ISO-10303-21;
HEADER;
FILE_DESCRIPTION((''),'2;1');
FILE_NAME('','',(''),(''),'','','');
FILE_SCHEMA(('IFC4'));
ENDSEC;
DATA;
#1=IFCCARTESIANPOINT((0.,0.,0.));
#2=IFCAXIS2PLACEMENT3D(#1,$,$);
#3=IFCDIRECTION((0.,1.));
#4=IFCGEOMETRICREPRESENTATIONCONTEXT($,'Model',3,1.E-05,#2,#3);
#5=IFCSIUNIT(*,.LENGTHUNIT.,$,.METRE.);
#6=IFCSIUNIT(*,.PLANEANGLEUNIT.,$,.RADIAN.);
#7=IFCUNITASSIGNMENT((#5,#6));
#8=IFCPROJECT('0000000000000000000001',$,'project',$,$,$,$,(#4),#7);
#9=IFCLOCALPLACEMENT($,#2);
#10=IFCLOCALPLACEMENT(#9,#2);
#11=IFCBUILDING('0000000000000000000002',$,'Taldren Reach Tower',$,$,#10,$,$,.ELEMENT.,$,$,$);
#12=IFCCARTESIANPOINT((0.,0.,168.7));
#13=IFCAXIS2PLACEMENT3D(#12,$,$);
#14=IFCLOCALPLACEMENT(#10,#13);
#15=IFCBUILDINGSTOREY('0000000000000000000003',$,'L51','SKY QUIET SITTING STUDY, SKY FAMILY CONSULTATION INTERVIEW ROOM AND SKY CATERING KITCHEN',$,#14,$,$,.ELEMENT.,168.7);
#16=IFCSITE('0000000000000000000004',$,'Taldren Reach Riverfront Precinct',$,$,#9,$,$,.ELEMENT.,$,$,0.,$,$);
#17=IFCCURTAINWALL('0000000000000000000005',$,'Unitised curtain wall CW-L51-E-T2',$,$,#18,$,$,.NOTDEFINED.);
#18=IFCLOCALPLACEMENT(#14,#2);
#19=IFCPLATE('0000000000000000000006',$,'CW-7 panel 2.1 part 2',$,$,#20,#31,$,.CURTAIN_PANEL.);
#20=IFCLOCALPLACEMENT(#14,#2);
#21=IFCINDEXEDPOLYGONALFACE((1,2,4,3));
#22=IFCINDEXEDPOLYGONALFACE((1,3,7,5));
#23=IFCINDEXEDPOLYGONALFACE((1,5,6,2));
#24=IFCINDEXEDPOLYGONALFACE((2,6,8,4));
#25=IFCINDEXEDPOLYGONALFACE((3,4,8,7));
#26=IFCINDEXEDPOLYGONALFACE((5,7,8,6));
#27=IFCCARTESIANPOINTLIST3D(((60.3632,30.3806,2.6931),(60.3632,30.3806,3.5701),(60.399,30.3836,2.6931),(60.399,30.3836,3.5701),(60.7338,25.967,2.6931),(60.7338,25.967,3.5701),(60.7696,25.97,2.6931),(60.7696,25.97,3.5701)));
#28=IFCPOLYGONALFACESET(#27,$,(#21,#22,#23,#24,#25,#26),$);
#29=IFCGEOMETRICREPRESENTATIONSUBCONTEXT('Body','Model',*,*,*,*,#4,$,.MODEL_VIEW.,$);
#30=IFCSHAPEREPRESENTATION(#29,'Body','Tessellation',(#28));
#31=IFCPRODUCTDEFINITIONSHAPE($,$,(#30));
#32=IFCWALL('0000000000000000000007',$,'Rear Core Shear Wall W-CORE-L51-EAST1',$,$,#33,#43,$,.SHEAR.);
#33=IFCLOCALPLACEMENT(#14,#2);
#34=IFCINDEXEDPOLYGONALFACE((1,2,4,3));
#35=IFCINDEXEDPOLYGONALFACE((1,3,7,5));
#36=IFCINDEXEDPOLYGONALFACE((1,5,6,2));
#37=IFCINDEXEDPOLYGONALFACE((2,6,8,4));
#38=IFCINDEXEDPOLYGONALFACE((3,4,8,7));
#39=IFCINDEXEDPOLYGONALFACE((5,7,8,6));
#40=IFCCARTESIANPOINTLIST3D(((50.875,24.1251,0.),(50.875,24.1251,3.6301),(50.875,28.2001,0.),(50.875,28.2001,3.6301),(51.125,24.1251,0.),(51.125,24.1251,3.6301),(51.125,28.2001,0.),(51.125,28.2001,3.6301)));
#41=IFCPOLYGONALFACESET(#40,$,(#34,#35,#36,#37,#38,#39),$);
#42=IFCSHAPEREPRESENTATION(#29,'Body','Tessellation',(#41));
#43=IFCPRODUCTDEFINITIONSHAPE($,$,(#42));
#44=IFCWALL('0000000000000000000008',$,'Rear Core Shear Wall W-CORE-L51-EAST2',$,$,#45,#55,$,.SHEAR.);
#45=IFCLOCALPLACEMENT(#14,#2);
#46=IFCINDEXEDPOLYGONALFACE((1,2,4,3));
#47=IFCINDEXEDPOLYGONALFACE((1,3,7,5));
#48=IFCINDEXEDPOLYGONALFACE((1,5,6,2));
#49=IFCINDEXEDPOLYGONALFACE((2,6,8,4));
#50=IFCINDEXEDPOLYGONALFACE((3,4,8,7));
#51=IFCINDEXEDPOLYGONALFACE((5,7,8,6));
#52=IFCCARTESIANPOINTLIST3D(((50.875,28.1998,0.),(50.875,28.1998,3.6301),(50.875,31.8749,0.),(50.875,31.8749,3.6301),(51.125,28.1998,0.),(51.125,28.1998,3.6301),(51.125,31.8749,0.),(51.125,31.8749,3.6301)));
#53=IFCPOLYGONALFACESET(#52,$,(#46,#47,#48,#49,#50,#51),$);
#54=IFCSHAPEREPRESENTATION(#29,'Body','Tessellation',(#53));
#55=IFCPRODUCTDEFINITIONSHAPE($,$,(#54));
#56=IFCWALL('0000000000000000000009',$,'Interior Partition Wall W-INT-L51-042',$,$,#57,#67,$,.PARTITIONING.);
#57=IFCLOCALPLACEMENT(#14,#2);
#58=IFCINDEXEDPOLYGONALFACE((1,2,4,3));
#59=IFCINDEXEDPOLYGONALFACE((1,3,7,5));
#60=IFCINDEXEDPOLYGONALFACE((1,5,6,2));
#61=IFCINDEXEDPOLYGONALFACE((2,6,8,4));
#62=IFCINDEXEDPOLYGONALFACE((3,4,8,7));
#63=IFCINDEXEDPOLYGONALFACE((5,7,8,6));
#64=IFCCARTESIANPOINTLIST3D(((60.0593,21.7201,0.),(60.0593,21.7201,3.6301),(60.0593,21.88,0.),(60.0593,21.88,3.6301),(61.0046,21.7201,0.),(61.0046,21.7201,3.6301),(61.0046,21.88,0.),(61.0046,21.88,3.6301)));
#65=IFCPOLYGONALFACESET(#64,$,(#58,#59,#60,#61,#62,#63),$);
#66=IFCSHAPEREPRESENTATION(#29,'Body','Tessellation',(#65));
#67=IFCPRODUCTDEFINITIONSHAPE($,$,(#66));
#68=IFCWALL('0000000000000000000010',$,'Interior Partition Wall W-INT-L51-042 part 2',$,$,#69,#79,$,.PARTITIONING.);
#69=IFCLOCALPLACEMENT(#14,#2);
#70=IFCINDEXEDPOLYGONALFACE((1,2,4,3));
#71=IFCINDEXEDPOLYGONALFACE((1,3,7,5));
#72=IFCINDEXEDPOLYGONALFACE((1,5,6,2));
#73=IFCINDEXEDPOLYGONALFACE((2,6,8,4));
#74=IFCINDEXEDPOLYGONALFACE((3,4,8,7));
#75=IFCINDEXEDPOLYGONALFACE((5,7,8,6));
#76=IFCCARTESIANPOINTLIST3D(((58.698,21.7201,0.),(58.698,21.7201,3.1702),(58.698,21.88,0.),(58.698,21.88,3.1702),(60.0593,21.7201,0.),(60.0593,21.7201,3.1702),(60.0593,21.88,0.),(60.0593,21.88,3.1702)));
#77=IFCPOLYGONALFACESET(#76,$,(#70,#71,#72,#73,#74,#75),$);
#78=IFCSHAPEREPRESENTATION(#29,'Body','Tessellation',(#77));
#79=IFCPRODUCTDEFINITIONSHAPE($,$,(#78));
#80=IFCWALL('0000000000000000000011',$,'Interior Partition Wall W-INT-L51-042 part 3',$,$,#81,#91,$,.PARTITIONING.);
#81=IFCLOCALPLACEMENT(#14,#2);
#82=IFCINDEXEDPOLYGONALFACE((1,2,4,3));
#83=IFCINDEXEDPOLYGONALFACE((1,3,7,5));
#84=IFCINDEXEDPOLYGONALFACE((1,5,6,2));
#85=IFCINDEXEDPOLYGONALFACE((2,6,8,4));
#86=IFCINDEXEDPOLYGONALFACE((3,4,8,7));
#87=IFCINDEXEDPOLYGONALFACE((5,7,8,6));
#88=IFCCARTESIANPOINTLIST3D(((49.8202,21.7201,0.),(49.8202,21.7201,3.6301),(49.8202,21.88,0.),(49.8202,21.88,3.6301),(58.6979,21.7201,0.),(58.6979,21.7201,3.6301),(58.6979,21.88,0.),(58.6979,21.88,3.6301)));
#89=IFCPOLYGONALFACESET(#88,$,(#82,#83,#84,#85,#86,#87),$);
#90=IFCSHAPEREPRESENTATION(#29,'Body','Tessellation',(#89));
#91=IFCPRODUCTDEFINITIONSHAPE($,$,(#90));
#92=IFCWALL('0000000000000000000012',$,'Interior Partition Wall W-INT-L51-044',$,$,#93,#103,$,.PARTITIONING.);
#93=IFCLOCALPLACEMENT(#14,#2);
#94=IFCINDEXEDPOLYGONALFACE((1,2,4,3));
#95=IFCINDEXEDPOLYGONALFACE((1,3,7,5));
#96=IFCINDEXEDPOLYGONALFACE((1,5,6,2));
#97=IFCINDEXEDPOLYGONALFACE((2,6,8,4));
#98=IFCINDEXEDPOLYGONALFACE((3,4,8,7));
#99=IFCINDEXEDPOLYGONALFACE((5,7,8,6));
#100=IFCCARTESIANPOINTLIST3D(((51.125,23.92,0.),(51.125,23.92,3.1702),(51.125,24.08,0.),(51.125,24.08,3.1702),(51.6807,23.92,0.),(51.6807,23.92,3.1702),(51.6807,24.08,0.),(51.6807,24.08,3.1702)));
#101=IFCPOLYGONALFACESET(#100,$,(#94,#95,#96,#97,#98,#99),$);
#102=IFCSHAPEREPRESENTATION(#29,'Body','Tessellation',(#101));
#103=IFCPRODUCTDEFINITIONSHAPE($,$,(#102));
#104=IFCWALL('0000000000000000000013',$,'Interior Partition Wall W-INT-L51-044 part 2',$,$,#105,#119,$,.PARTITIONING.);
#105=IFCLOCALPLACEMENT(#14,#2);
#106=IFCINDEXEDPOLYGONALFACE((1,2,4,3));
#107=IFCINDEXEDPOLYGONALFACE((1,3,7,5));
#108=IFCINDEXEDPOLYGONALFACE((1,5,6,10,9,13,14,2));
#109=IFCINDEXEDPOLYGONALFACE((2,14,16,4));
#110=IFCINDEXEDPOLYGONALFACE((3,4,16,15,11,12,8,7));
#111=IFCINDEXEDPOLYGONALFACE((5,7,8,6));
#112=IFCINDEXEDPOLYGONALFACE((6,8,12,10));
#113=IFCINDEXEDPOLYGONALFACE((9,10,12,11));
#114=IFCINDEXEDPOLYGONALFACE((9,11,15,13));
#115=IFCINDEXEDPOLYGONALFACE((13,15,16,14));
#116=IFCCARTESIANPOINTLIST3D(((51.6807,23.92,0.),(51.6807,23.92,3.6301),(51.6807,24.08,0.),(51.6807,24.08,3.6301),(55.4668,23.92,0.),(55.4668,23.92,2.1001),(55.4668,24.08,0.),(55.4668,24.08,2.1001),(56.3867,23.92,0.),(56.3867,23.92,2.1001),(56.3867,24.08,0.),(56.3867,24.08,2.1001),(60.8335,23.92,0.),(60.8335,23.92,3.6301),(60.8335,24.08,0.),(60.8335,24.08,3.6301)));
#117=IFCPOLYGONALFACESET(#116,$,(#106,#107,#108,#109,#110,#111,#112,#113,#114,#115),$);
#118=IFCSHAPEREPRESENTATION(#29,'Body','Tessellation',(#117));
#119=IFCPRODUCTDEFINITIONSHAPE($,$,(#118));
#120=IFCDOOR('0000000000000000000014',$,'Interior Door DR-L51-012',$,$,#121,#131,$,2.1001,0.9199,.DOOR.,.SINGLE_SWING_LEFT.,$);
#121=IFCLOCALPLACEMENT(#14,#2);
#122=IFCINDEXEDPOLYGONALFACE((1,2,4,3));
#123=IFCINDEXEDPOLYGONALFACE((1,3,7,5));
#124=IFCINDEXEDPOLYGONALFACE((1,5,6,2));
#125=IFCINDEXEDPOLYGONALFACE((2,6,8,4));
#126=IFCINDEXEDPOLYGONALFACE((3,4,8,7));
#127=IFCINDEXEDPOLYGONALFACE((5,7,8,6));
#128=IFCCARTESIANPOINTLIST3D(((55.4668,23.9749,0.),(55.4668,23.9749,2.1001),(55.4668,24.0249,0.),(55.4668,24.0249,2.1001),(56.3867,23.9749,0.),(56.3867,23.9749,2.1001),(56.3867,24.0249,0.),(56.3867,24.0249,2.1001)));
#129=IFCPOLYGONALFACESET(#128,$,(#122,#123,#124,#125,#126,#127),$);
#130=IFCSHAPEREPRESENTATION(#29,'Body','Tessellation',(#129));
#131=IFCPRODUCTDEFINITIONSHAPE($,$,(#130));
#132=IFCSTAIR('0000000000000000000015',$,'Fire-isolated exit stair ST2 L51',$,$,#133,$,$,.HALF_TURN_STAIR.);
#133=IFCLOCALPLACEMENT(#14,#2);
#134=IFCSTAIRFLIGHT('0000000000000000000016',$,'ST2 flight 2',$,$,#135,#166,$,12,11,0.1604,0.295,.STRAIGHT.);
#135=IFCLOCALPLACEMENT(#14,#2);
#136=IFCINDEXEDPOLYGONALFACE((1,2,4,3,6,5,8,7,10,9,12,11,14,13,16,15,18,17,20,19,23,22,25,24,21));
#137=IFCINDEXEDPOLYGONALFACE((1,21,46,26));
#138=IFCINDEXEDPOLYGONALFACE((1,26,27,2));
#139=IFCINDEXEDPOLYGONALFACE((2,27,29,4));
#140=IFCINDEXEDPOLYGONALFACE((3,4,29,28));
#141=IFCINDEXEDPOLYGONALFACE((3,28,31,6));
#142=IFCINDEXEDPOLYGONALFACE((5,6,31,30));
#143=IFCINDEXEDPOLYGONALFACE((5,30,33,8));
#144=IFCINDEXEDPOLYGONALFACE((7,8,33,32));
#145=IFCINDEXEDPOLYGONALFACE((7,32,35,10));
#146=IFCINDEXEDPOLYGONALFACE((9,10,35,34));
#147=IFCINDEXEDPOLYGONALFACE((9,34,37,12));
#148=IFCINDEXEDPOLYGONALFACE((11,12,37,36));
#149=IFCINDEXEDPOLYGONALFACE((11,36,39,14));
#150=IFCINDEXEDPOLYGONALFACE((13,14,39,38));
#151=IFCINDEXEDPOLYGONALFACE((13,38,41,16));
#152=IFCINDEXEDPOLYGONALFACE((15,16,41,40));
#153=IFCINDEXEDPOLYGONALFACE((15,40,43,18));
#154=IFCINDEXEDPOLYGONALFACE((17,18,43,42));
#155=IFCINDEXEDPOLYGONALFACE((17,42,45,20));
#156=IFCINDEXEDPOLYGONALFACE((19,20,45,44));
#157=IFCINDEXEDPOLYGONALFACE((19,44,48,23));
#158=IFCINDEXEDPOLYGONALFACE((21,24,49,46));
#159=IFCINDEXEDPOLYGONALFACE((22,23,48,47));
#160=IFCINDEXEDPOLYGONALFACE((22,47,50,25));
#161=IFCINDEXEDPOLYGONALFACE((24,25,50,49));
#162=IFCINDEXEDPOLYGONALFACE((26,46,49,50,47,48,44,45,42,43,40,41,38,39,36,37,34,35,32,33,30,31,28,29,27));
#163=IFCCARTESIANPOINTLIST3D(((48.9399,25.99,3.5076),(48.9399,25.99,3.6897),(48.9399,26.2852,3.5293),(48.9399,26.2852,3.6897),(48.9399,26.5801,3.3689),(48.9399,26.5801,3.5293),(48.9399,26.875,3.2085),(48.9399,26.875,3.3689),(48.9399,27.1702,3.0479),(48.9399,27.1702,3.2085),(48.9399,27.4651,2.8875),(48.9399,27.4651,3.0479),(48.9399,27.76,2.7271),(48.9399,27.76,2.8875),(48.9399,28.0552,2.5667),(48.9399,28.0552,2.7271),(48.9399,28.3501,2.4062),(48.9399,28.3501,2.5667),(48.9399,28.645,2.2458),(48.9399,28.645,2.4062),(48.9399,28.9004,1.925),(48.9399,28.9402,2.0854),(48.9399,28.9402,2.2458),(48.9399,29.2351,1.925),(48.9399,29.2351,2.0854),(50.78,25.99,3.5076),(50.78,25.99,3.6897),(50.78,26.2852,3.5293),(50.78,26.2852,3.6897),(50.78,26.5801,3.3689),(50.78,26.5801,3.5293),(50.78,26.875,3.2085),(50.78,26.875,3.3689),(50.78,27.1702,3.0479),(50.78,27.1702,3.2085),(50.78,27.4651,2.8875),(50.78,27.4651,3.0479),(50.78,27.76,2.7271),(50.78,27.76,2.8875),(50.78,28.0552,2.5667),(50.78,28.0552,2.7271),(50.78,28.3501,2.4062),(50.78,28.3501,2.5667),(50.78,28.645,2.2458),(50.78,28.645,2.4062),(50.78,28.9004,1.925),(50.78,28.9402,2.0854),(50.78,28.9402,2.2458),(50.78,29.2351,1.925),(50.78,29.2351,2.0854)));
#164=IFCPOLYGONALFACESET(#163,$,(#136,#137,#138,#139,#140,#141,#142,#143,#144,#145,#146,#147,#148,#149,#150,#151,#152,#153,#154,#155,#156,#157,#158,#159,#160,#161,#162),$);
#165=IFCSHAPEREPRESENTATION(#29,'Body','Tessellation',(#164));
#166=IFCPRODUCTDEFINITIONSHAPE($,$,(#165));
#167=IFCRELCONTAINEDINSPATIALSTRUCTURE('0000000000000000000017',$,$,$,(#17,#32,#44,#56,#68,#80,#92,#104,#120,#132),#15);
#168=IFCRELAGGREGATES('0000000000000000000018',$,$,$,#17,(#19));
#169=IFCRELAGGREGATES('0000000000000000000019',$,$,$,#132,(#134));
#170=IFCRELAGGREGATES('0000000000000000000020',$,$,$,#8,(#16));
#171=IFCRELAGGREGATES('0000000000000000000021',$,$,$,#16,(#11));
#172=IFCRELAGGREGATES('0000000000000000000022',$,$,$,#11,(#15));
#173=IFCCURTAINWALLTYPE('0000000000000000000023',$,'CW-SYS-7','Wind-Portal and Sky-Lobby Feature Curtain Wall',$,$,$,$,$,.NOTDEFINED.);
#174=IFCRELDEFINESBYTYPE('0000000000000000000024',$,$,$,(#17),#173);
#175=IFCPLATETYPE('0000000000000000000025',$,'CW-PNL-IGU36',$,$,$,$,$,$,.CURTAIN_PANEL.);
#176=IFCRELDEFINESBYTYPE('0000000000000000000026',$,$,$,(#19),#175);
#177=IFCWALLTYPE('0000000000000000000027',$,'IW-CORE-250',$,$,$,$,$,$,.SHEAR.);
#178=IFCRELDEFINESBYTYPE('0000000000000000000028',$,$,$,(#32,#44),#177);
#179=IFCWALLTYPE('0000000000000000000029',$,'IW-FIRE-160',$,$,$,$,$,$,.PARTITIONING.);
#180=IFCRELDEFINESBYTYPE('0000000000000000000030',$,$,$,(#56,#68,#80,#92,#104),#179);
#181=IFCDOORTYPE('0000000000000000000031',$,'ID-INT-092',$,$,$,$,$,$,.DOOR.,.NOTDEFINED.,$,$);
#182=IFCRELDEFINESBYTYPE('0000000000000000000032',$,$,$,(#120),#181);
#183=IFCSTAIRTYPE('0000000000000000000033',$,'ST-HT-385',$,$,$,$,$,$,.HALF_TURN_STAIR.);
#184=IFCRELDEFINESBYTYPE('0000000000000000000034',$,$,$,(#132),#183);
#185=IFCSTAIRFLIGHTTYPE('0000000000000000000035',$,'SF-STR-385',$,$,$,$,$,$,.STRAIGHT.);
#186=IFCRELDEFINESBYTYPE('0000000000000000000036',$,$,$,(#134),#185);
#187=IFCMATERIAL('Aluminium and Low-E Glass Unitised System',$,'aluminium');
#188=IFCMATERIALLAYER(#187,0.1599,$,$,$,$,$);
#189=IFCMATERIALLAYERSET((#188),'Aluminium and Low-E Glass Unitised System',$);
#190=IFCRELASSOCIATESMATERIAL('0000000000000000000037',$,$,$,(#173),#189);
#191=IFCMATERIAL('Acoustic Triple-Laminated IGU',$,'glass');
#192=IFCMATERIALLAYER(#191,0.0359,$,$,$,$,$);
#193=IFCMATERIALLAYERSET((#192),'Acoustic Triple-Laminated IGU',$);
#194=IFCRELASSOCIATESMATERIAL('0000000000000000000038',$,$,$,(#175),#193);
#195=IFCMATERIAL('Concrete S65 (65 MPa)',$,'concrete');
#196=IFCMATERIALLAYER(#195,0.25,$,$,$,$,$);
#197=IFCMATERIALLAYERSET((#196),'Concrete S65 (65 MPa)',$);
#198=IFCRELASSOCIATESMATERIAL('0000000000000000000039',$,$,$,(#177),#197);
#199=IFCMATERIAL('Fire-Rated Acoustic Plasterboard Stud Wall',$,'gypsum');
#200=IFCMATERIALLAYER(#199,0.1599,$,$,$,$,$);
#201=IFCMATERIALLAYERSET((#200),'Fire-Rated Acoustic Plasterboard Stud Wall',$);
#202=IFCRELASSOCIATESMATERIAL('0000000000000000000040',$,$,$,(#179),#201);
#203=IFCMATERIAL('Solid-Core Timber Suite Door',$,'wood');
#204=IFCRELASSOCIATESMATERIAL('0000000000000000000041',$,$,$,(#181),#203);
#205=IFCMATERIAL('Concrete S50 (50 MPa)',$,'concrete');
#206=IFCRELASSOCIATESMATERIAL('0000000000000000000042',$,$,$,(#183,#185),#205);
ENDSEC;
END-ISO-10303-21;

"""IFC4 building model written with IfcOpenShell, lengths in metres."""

from ifc_helpers import new_model, si_unit, direction, frame, frame_2d, origin, origin_2d, place, context, subcontext, project, spatial, polyline, rectangle, outline, extrude, source, transform, mapped, material, layer, layer_set, type_object, element, fill, aggregate, save


model = new_model("IFC4")

# Units and contexts
model_context = context("Model", 3, precision=1e-05, world=origin(), true_north=direction((0.0, 1.0)))
body_context = subcontext(model_context, "Body", "Model", "MODEL_VIEW")
ifc_project = project(units=[si_unit("LENGTHUNIT", "METRE"), si_unit("PLANEANGLEUNIT", "RADIAN")], contexts=[model_context])

# Site, building, storey
site_placement = place(None, origin())
site = spatial("IfcSite", under=ifc_project, at=site_placement, Name="Taldren Reach Riverfront Precinct", CompositionType="ELEMENT", RefElevation=0.0)
building_placement = place(site_placement, origin())
building = spatial("IfcBuilding", under=site, at=building_placement, Name="Taldren Reach Tower", CompositionType="ELEMENT")
storey_placement = place(building_placement, frame((0.0, 0.0, 168.7)))
storey = spatial("IfcBuildingStorey", under=building, at=storey_placement, Name="L51", Description="SKY QUIET SITTING STUDY, SKY FAMILY CONSULTATION INTERVIEW ROOM AND SKY CATERING KITCHEN", CompositionType="ELEMENT", Elevation=168.7)

# Shared definitions
ifc_material_1 = material(Name="Aluminium and Low-E Glass Unitised System", Category="aluminium")
ifc_layer_1 = layer(ifc_material_1, 0.1599)
ifc_layer_set_1 = layer_set([ifc_layer_1], Name="Aluminium and Low-E Glass Unitised System")
curtain_wall_type = type_object("IfcCurtainWallType", Name="CW-SYS-7", Description="Wind-Portal and Sky-Lobby Feature Curtain Wall", PredefinedType="NOTDEFINED", material=ifc_layer_set_1)

# Shared definitions
ifc_material_2 = material(Name="Acoustic Triple-Laminated IGU", Category="glass")
ifc_layer_2 = layer(ifc_material_2, 0.0359)
ifc_layer_set_2 = layer_set([ifc_layer_2], Name="Acoustic Triple-Laminated IGU")
plate_type_1 = type_object("IfcPlateType", Name="CW-PNL-IGU36", PredefinedType="CURTAIN_PANEL", material=ifc_layer_set_2)

# Curtain wall
curtain_wall_1_placement = place(storey_placement, origin())
curtain_wall_1 = element("IfcCurtainWall", 1, at=curtain_wall_1_placement, inside=storey, type_object=curtain_wall_type, Name="Unitised curtain wall CW-L51-E-T2", PredefinedType="NOTDEFINED")

# Plate
shared_shape_1 = source(origin(), body_context, "Body", "SweptSolid", [
    extrude(rectangle(XDim=4.4292, YDim=0.0359, at=origin_2d()), origin(), (0.0, 0.0, 1.0), 0.877),
])
plate_1_placement = place(storey_placement, frame((60.5664, 28.1753, 2.6931), z_axis=(0.0, 0.0, 1.0), x_axis=(-0.083678, 0.996493, 0.0)))
plate_1 = element("IfcPlate", 2, at=plate_1_placement, type_object=plate_type_1, Name="CW-7 panel 2.1 part 2", PredefinedType="CURTAIN_PANEL", context=body_context, shape_type="MappedRepresentation", body=[
    mapped(shared_shape_1, transform((0.0, 0.0, 0.0), scale=1.0)),
])
aggregate(curtain_wall_1, [plate_1])

# Walls
ifc_material_3 = material(Name="Concrete S65 (65 MPa)", Category="concrete")
ifc_layer_3 = layer(ifc_material_3, 0.25)
ifc_layer_set_3 = layer_set([ifc_layer_3], Name="Concrete S65 (65 MPa)")
wall_type_1 = type_object("IfcWallType", Name="IW-CORE-250", PredefinedType="SHEAR", material=ifc_layer_set_3)
shared_shape_2 = source(origin(), body_context, "Body", "SweptSolid", [
    extrude(rectangle(XDim=4.075, YDim=0.25, at=frame_2d((2.0376, 0.0))), origin(), (0.0, 0.0, 1.0), 3.6301),
])
wall_1_placement = place(storey_placement, frame((51.0, 24.125, 0.0), z_axis=(0.0, 0.0, 1.0), x_axis=(0.0, 1.0, 0.0)))
element("IfcWall", 3, at=wall_1_placement, inside=storey, type_object=wall_type_1, Name="Rear Core Shear Wall W-CORE-L51-EAST1", PredefinedType="SHEAR", context=body_context, shape_type="MappedRepresentation", body=[
    mapped(shared_shape_2, transform((0.0, 0.0, 0.0), scale=1.0)),
])
shared_shape_3 = source(origin(), body_context, "Body", "SweptSolid", [
    extrude(rectangle(XDim=3.675, YDim=0.25, at=frame_2d((1.8374, 0.0))), origin(), (0.0, 0.0, 1.0), 3.6301),
])
wall_2_placement = place(storey_placement, frame((51.0, 28.2, 0.0), z_axis=(0.0, 0.0, 1.0), x_axis=(0.0, 1.0, 0.0)))
element("IfcWall", 4, at=wall_2_placement, inside=storey, type_object=wall_type_1, Name="Rear Core Shear Wall W-CORE-L51-EAST2", PredefinedType="SHEAR", context=body_context, shape_type="MappedRepresentation", body=[
    mapped(shared_shape_3, transform((0.0, 0.0, 0.0), scale=1.0)),
])
ifc_material_4 = material(Name="Fire-Rated Acoustic Plasterboard Stud Wall", Category="gypsum")
ifc_layer_4 = layer(ifc_material_4, 0.1599)
ifc_layer_set_4 = layer_set([ifc_layer_4], Name="Fire-Rated Acoustic Plasterboard Stud Wall")
wall_type_2 = type_object("IfcWallType", Name="IW-FIRE-160", PredefinedType="PARTITIONING", material=ifc_layer_set_4)
shared_shape_4 = source(origin(), body_context, "Body", "SweptSolid", [
    extrude(rectangle(XDim=0.9453, YDim=0.1599, at=frame_2d((0.4727, 0.0))), origin(), (0.0, 0.0, 1.0), 3.6301),
])
wall_3_placement = place(storey_placement, frame((61.0046, 21.8, 0.0), z_axis=(0.0, 0.0, 1.0), x_axis=(-1.0, 0.0, 0.0)))
element("IfcWall", 5, at=wall_3_placement, inside=storey, type_object=wall_type_2, Name="Interior Partition Wall W-INT-L51-042", PredefinedType="PARTITIONING", context=body_context, shape_type="MappedRepresentation", body=[
    mapped(shared_shape_4, transform((0.0, 0.0, 0.0), scale=1.0)),
])
shared_shape_5 = source(origin(), body_context, "Body", "SweptSolid", [
    extrude(rectangle(XDim=1.3613, YDim=0.1599, at=frame_2d((0.6807, 0.0))), origin(), (0.0, 0.0, 1.0), 3.1702),
])
wall_4_placement = place(storey_placement, frame((60.0593, 21.8, 0.0), z_axis=(0.0, 0.0, 1.0), x_axis=(-1.0, 0.0, 0.0)))
element("IfcWall", 6, at=wall_4_placement, inside=storey, type_object=wall_type_2, Name="Interior Partition Wall W-INT-L51-042 part 2", PredefinedType="PARTITIONING", context=body_context, shape_type="MappedRepresentation", body=[
    mapped(shared_shape_5, transform((0.0, 0.0, 0.0), scale=1.0)),
])
shared_shape_6 = source(origin(), body_context, "Body", "SweptSolid", [
    extrude(rectangle(XDim=8.8777, YDim=0.1599, at=frame_2d((4.439, 0.0))), origin(), (0.0, 0.0, 1.0), 3.6301),
])
wall_5_placement = place(storey_placement, frame((58.698, 21.8, 0.0), z_axis=(0.0, 0.0, 1.0), x_axis=(-1.0, 0.0, 0.0)))
element("IfcWall", 7, at=wall_5_placement, inside=storey, type_object=wall_type_2, Name="Interior Partition Wall W-INT-L51-042 part 3", PredefinedType="PARTITIONING", context=body_context, shape_type="MappedRepresentation", body=[
    mapped(shared_shape_6, transform((0.0, 0.0, 0.0), scale=1.0)),
])
shared_shape_7 = source(origin(), body_context, "Body", "SweptSolid", [
    extrude(rectangle(XDim=0.5557, YDim=0.1599, at=frame_2d((0.2778, 0.0))), origin(), (0.0, 0.0, 1.0), 3.1702),
])
wall_6_placement = place(storey_placement, frame((51.125, 24.0, 0.0), z_axis=(0.0, 0.0, 1.0), x_axis=(1.0, 0.0, 0.0)))
element("IfcWall", 8, at=wall_6_placement, inside=storey, type_object=wall_type_2, Name="Interior Partition Wall W-INT-L51-044", PredefinedType="PARTITIONING", context=body_context, shape_type="MappedRepresentation", body=[
    mapped(shared_shape_7, transform((0.0, 0.0, 0.0), scale=1.0)),
])

# Wall, opening, door
shared_shape_8 = source(origin(), body_context, "Body", "SweptSolid", [
    extrude(rectangle(XDim=9.1528, YDim=0.1599, at=frame_2d((4.5764, 0.0))), origin(), (0.0, 0.0, 1.0), 3.6301),
])
wall_7_placement = place(storey_placement, frame((51.6807, 24.0, 0.0), z_axis=(0.0, 0.0, 1.0), x_axis=(1.0, 0.0, 0.0)))
wall_7 = element("IfcWall", 9, at=wall_7_placement, inside=storey, type_object=wall_type_2, Name="Interior Partition Wall W-INT-L51-044 part 2", PredefinedType="PARTITIONING", context=body_context, shape_type="MappedRepresentation", body=[
    mapped(shared_shape_8, transform((0.0, 0.0, 0.0), scale=1.0)),
])
shared_shape_9 = source(origin(), body_context, "Body", "SweptSolid", [
    extrude(rectangle(XDim=0.9199, YDim=2.1001, at=frame_2d((0.46, 1.05))), frame((0.0, 0.0898, 0.0), z_axis=(0.0, -1.0, 0.0), x_axis=(1.0, 0.0, 0.0)), (0.0, 0.0, 1.0), 0.1799),
])
opening_placement = place(wall_7_placement, frame((3.7861, 0.0, 0.0)))
opening = element("IfcOpeningElement", 10, at=opening_placement, cuts=wall_7, PredefinedType="OPENING", context=body_context, shape_type="MappedRepresentation", body=[
    mapped(shared_shape_9, transform((0.0, 0.0, 0.0), scale=1.0)),
])
ifc_material_5 = material(Name="Solid-Core Timber Suite Door", Category="wood")
door_type = type_object("IfcDoorType", Name="ID-INT-092", OperationType="NOTDEFINED", PredefinedType="DOOR", material=ifc_material_5)
shared_shape_10 = source(origin(), body_context, "Body", "SweptSolid", [
    extrude(rectangle(XDim=0.9199, YDim=2.1001, at=frame_2d((0.46, 1.05))), frame((0.0, 0.0249, 0.0), z_axis=(0.0, -1.0, 0.0), x_axis=(1.0, 0.0, 0.0)), (0.0, 0.0, 1.0), 0.05),
])
door_placement = place(opening_placement, origin())
door = element("IfcDoor", 11, at=door_placement, inside=storey, type_object=door_type, Name="Interior Door DR-L51-012", OperationType="SINGLE_SWING_LEFT", OverallHeight=2.1001, OverallWidth=0.9199, PredefinedType="DOOR", context=body_context, shape_type="MappedRepresentation", body=[
    mapped(shared_shape_10, transform((0.0, 0.0, 0.0), scale=1.0)),
])
fill(opening, door)

# Stair, stair flight
ifc_material_6 = material(Name="Concrete S50 (50 MPa)", Category="concrete")
stair_type = type_object("IfcStairType", Name="ST-HT-385", PredefinedType="HALF_TURN_STAIR", material=ifc_material_6)
stair_placement = place(storey_placement, origin())
stair = element("IfcStair", 12, at=stair_placement, inside=storey, type_object=stair_type, Name="Fire-isolated exit stair ST2 L51", PredefinedType="HALF_TURN_STAIR")
stair_flight_type = type_object("IfcStairFlightType", Name="SF-STR-385", PredefinedType="STRAIGHT", material=ifc_material_6)
stair_flight_placement = place(storey_placement, frame((49.8601, 29.2351, 1.925), z_axis=(0.0, 0.0, 1.0), x_axis=(0.0, -1.0, 0.0)))
stair_flight = element("IfcStairFlight", 13, at=stair_flight_placement, type_object=stair_flight_type, Name="ST2 flight 2", NumberOfRisers=12, NumberOfTreads=11, PredefinedType="STRAIGHT", RiserHeight=0.1604, TreadLength=0.295, context=body_context, shape_type="SweptSolid", body=[
    extrude(outline(polyline([(0.0, 0.0), (0.0, 0.1604), (0.2949, 0.1604), (0.2949, 0.3208), (0.5901, 0.3208), (0.5901, 0.4812), (0.885, 0.4812), (0.885, 0.6416), (1.1799, 0.6416), (1.1799, 0.802), (1.4751, 0.802), (1.4751, 0.9624), (1.77, 0.9624), (1.77, 1.1228), (2.0649, 1.1228), (2.0649, 1.2834), (2.3601, 1.2834), (2.3601, 1.4438), (2.655, 1.4438), (2.655, 1.6042), (2.95, 1.6042), (2.95, 1.7646), (3.2451, 1.7646), (3.2451, 1.925), (3.2451, 1.5825), (0.3347, 0.0), (0.0, 0.0)])), frame((0.0, 0.9199, 0.0), z_axis=(0.0, -1.0, 0.0), x_axis=(1.0, 0.0, 0.0)), (0.0, 0.0, 1.0), 1.8401),
])
aggregate(stair, [stair_flight])

save(model, "model.ifc")
